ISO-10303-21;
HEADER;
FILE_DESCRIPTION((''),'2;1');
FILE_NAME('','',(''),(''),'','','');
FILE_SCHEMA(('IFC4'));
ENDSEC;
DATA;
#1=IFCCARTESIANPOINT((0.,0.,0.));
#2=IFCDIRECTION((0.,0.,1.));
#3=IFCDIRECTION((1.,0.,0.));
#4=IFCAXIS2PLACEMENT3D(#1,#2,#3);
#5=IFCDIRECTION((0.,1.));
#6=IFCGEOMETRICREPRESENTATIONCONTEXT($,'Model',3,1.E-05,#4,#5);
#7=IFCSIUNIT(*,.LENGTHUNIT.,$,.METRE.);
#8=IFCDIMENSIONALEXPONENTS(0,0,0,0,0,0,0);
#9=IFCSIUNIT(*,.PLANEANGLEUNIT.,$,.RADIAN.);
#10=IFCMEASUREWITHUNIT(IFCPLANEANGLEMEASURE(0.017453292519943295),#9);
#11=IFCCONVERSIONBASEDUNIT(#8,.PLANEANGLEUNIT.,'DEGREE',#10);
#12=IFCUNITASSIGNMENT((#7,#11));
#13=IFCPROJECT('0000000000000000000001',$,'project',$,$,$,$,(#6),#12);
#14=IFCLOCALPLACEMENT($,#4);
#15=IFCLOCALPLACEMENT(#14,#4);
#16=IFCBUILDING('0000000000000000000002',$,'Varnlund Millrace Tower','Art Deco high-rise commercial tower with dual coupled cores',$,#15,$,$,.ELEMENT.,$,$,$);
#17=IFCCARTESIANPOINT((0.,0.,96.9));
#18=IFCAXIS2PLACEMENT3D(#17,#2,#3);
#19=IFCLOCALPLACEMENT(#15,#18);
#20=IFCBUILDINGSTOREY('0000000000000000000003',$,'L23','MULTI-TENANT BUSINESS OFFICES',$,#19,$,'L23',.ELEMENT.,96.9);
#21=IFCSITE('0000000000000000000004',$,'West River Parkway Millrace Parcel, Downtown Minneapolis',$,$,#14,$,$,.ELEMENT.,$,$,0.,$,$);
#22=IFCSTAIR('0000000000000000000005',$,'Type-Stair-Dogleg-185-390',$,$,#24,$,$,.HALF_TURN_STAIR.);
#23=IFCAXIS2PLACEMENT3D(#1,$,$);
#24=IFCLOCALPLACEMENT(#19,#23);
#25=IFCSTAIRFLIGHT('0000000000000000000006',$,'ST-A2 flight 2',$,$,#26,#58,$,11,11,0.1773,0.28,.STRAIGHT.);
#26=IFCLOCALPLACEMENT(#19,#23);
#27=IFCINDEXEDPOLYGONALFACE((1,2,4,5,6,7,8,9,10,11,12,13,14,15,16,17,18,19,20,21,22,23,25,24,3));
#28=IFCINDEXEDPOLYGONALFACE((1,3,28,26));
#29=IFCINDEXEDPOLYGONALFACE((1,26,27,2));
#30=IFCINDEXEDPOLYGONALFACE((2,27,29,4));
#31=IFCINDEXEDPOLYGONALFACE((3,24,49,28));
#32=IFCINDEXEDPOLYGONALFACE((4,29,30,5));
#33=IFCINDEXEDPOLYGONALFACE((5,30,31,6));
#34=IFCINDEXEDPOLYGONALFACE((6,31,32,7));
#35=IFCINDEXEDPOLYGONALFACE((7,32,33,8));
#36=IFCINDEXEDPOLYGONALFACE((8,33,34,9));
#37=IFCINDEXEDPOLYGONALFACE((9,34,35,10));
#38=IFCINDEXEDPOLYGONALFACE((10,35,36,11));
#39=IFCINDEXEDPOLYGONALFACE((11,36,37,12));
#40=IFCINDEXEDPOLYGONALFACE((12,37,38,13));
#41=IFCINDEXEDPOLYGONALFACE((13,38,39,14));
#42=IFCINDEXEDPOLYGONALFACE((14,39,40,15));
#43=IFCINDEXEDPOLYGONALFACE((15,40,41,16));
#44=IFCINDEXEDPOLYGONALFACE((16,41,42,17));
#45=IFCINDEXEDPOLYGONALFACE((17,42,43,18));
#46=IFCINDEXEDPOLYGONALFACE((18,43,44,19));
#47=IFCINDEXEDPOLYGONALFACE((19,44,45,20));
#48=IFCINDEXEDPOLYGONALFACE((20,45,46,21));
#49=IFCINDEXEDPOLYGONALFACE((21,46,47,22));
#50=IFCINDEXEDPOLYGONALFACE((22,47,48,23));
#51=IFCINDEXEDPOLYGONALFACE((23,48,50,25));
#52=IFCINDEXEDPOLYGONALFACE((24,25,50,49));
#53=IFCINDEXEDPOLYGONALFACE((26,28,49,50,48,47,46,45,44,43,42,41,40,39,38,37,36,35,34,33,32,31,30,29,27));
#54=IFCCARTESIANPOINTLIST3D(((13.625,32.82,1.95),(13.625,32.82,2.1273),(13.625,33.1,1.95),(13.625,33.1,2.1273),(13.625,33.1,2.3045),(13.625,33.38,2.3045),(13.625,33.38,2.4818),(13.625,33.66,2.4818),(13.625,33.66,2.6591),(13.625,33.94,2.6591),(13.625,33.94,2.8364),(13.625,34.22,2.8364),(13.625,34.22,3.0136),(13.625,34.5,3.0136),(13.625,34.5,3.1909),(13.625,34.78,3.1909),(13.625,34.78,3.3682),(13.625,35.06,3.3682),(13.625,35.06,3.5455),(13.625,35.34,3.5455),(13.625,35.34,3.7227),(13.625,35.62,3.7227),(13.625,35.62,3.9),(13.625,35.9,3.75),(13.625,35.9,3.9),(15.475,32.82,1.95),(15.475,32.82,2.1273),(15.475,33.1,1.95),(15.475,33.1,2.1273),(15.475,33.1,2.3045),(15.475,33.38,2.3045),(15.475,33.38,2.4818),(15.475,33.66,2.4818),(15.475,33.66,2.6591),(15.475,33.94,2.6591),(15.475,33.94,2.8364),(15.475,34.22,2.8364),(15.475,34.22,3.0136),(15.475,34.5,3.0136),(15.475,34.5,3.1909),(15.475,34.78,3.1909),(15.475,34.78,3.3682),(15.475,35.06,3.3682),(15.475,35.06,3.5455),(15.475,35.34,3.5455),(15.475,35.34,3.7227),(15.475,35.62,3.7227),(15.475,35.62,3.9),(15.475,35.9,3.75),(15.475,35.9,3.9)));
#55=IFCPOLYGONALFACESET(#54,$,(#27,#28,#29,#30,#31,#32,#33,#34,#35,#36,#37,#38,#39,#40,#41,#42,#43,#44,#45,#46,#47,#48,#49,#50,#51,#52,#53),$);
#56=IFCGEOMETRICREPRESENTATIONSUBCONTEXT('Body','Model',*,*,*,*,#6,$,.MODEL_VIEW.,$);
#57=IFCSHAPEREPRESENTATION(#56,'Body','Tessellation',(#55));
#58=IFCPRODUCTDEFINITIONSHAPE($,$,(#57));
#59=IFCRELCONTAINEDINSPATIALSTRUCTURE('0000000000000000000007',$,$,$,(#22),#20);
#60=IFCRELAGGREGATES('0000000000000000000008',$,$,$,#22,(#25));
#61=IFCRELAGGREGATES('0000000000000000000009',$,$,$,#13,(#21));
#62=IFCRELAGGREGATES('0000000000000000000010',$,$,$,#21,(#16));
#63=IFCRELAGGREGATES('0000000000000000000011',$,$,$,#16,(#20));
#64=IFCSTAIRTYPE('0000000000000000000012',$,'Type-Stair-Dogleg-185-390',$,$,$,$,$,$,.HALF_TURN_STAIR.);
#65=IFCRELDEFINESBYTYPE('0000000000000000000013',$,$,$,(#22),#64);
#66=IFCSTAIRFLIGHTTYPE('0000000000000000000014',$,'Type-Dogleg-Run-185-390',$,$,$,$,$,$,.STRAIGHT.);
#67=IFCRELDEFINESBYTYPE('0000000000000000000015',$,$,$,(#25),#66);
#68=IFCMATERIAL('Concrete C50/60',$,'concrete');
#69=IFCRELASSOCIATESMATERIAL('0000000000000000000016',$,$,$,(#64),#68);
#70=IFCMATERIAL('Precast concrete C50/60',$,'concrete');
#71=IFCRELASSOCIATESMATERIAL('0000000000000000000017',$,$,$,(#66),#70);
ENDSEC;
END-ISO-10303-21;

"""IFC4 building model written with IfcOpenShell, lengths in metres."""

from ifc_helpers import new_model, entity, si_unit, converted_unit, direction, frame, origin_with_axes, place, context, subcontext, project, spatial, polyline, outline, extrude, material, type_object, element, aggregate, save


model = new_model("IFC4")

# Units and contexts
model_context = context("Model", 3, precision=1e-05, world=origin_with_axes(), true_north=direction((0.0, 1.0)))
body_context = subcontext(model_context, "Body", "Model", "MODEL_VIEW")
ifc_project = project(units=[si_unit("LENGTHUNIT", "METRE"), converted_unit("PLANEANGLEUNIT", "DEGREE", entity("IfcPlaneAngleMeasure", 0.017453292519943295), si_unit("PLANEANGLEUNIT", "RADIAN"), dimensions=[0, 0, 0, 0, 0, 0, 0])], contexts=[model_context])

# Site, building, storey
site_placement = place(None, origin_with_axes())
site = spatial("IfcSite", under=ifc_project, at=site_placement, Name="West River Parkway Millrace Parcel, Downtown Minneapolis", CompositionType="ELEMENT", RefElevation=0.0)
building_placement = place(site_placement, origin_with_axes())
building = spatial("IfcBuilding", under=site, at=building_placement, Name="Varnlund Millrace Tower", Description="Art Deco high-rise commercial tower with dual coupled cores", CompositionType="ELEMENT")
storey_placement = place(building_placement, frame((0.0, 0.0, 96.9), z_axis=(0.0, 0.0, 1.0), x_axis=(1.0, 0.0, 0.0)))
storey = spatial("IfcBuildingStorey", under=building, at=storey_placement, Name="L23", Description="MULTI-TENANT BUSINESS OFFICES", LongName="L23", CompositionType="ELEMENT", Elevation=96.9)

# Shared definitions
ifc_material_1 = material(Name="Precast concrete C50/60", Category="concrete")

# Stair, stair flight
ifc_material_2 = material(Name="Concrete C50/60", Category="concrete")
stair_type = type_object("IfcStairType", Name="Type-Stair-Dogleg-185-390", PredefinedType="HALF_TURN_STAIR", material=ifc_material_2)
stair_placement = place(storey_placement, origin_with_axes())
stair = element("IfcStair", 1, at=stair_placement, inside=storey, type_object=stair_type, Name="Type-Stair-Dogleg-185-390", PredefinedType="HALF_TURN_STAIR")
stair_flight_type = type_object("IfcStairFlightType", Name="Type-Dogleg-Run-185-390", PredefinedType="STRAIGHT", material=ifc_material_1)
stair_flight_placement = place(storey_placement, frame((13.625, 32.82, 1.95), z_axis=(1.0, 0.0, 0.0), x_axis=(0.0, 1.0, 0.0)))
stair_flight = element("IfcStairFlight", 2, at=stair_flight_placement, type_object=stair_flight_type, Name="ST-A2 flight 2", NumberOfRisers=11, NumberOfTreads=11, PredefinedType="STRAIGHT", RiserHeight=0.1773, TreadLength=0.28, context=body_context, shape_type="SweptSolid", body=[
    extrude(outline(polyline([(0.0, 0.0), (0.0, 0.1773), (0.28, 0.1773), (0.28, 0.3545), (0.56, 0.3545), (0.56, 0.5318), (0.84, 0.5318), (0.84, 0.7091), (1.12, 0.7091), (1.12, 0.8864), (1.4, 0.8864), (1.4, 1.0636), (1.68, 1.0636), (1.68, 1.2409), (1.96, 1.2409), (1.96, 1.4182), (2.24, 1.4182), (2.24, 1.5955), (2.52, 1.5955), (2.52, 1.7727), (2.8, 1.7727), (2.8, 1.95), (3.08, 1.95), (3.08, 1.8), (0.28, 0.0), (0.0, 0.0)])), origin_with_axes(), (0.0, 0.0, 1.0), 1.85),
])
aggregate(stair, [stair_flight])

save(model, "model.ifc")
